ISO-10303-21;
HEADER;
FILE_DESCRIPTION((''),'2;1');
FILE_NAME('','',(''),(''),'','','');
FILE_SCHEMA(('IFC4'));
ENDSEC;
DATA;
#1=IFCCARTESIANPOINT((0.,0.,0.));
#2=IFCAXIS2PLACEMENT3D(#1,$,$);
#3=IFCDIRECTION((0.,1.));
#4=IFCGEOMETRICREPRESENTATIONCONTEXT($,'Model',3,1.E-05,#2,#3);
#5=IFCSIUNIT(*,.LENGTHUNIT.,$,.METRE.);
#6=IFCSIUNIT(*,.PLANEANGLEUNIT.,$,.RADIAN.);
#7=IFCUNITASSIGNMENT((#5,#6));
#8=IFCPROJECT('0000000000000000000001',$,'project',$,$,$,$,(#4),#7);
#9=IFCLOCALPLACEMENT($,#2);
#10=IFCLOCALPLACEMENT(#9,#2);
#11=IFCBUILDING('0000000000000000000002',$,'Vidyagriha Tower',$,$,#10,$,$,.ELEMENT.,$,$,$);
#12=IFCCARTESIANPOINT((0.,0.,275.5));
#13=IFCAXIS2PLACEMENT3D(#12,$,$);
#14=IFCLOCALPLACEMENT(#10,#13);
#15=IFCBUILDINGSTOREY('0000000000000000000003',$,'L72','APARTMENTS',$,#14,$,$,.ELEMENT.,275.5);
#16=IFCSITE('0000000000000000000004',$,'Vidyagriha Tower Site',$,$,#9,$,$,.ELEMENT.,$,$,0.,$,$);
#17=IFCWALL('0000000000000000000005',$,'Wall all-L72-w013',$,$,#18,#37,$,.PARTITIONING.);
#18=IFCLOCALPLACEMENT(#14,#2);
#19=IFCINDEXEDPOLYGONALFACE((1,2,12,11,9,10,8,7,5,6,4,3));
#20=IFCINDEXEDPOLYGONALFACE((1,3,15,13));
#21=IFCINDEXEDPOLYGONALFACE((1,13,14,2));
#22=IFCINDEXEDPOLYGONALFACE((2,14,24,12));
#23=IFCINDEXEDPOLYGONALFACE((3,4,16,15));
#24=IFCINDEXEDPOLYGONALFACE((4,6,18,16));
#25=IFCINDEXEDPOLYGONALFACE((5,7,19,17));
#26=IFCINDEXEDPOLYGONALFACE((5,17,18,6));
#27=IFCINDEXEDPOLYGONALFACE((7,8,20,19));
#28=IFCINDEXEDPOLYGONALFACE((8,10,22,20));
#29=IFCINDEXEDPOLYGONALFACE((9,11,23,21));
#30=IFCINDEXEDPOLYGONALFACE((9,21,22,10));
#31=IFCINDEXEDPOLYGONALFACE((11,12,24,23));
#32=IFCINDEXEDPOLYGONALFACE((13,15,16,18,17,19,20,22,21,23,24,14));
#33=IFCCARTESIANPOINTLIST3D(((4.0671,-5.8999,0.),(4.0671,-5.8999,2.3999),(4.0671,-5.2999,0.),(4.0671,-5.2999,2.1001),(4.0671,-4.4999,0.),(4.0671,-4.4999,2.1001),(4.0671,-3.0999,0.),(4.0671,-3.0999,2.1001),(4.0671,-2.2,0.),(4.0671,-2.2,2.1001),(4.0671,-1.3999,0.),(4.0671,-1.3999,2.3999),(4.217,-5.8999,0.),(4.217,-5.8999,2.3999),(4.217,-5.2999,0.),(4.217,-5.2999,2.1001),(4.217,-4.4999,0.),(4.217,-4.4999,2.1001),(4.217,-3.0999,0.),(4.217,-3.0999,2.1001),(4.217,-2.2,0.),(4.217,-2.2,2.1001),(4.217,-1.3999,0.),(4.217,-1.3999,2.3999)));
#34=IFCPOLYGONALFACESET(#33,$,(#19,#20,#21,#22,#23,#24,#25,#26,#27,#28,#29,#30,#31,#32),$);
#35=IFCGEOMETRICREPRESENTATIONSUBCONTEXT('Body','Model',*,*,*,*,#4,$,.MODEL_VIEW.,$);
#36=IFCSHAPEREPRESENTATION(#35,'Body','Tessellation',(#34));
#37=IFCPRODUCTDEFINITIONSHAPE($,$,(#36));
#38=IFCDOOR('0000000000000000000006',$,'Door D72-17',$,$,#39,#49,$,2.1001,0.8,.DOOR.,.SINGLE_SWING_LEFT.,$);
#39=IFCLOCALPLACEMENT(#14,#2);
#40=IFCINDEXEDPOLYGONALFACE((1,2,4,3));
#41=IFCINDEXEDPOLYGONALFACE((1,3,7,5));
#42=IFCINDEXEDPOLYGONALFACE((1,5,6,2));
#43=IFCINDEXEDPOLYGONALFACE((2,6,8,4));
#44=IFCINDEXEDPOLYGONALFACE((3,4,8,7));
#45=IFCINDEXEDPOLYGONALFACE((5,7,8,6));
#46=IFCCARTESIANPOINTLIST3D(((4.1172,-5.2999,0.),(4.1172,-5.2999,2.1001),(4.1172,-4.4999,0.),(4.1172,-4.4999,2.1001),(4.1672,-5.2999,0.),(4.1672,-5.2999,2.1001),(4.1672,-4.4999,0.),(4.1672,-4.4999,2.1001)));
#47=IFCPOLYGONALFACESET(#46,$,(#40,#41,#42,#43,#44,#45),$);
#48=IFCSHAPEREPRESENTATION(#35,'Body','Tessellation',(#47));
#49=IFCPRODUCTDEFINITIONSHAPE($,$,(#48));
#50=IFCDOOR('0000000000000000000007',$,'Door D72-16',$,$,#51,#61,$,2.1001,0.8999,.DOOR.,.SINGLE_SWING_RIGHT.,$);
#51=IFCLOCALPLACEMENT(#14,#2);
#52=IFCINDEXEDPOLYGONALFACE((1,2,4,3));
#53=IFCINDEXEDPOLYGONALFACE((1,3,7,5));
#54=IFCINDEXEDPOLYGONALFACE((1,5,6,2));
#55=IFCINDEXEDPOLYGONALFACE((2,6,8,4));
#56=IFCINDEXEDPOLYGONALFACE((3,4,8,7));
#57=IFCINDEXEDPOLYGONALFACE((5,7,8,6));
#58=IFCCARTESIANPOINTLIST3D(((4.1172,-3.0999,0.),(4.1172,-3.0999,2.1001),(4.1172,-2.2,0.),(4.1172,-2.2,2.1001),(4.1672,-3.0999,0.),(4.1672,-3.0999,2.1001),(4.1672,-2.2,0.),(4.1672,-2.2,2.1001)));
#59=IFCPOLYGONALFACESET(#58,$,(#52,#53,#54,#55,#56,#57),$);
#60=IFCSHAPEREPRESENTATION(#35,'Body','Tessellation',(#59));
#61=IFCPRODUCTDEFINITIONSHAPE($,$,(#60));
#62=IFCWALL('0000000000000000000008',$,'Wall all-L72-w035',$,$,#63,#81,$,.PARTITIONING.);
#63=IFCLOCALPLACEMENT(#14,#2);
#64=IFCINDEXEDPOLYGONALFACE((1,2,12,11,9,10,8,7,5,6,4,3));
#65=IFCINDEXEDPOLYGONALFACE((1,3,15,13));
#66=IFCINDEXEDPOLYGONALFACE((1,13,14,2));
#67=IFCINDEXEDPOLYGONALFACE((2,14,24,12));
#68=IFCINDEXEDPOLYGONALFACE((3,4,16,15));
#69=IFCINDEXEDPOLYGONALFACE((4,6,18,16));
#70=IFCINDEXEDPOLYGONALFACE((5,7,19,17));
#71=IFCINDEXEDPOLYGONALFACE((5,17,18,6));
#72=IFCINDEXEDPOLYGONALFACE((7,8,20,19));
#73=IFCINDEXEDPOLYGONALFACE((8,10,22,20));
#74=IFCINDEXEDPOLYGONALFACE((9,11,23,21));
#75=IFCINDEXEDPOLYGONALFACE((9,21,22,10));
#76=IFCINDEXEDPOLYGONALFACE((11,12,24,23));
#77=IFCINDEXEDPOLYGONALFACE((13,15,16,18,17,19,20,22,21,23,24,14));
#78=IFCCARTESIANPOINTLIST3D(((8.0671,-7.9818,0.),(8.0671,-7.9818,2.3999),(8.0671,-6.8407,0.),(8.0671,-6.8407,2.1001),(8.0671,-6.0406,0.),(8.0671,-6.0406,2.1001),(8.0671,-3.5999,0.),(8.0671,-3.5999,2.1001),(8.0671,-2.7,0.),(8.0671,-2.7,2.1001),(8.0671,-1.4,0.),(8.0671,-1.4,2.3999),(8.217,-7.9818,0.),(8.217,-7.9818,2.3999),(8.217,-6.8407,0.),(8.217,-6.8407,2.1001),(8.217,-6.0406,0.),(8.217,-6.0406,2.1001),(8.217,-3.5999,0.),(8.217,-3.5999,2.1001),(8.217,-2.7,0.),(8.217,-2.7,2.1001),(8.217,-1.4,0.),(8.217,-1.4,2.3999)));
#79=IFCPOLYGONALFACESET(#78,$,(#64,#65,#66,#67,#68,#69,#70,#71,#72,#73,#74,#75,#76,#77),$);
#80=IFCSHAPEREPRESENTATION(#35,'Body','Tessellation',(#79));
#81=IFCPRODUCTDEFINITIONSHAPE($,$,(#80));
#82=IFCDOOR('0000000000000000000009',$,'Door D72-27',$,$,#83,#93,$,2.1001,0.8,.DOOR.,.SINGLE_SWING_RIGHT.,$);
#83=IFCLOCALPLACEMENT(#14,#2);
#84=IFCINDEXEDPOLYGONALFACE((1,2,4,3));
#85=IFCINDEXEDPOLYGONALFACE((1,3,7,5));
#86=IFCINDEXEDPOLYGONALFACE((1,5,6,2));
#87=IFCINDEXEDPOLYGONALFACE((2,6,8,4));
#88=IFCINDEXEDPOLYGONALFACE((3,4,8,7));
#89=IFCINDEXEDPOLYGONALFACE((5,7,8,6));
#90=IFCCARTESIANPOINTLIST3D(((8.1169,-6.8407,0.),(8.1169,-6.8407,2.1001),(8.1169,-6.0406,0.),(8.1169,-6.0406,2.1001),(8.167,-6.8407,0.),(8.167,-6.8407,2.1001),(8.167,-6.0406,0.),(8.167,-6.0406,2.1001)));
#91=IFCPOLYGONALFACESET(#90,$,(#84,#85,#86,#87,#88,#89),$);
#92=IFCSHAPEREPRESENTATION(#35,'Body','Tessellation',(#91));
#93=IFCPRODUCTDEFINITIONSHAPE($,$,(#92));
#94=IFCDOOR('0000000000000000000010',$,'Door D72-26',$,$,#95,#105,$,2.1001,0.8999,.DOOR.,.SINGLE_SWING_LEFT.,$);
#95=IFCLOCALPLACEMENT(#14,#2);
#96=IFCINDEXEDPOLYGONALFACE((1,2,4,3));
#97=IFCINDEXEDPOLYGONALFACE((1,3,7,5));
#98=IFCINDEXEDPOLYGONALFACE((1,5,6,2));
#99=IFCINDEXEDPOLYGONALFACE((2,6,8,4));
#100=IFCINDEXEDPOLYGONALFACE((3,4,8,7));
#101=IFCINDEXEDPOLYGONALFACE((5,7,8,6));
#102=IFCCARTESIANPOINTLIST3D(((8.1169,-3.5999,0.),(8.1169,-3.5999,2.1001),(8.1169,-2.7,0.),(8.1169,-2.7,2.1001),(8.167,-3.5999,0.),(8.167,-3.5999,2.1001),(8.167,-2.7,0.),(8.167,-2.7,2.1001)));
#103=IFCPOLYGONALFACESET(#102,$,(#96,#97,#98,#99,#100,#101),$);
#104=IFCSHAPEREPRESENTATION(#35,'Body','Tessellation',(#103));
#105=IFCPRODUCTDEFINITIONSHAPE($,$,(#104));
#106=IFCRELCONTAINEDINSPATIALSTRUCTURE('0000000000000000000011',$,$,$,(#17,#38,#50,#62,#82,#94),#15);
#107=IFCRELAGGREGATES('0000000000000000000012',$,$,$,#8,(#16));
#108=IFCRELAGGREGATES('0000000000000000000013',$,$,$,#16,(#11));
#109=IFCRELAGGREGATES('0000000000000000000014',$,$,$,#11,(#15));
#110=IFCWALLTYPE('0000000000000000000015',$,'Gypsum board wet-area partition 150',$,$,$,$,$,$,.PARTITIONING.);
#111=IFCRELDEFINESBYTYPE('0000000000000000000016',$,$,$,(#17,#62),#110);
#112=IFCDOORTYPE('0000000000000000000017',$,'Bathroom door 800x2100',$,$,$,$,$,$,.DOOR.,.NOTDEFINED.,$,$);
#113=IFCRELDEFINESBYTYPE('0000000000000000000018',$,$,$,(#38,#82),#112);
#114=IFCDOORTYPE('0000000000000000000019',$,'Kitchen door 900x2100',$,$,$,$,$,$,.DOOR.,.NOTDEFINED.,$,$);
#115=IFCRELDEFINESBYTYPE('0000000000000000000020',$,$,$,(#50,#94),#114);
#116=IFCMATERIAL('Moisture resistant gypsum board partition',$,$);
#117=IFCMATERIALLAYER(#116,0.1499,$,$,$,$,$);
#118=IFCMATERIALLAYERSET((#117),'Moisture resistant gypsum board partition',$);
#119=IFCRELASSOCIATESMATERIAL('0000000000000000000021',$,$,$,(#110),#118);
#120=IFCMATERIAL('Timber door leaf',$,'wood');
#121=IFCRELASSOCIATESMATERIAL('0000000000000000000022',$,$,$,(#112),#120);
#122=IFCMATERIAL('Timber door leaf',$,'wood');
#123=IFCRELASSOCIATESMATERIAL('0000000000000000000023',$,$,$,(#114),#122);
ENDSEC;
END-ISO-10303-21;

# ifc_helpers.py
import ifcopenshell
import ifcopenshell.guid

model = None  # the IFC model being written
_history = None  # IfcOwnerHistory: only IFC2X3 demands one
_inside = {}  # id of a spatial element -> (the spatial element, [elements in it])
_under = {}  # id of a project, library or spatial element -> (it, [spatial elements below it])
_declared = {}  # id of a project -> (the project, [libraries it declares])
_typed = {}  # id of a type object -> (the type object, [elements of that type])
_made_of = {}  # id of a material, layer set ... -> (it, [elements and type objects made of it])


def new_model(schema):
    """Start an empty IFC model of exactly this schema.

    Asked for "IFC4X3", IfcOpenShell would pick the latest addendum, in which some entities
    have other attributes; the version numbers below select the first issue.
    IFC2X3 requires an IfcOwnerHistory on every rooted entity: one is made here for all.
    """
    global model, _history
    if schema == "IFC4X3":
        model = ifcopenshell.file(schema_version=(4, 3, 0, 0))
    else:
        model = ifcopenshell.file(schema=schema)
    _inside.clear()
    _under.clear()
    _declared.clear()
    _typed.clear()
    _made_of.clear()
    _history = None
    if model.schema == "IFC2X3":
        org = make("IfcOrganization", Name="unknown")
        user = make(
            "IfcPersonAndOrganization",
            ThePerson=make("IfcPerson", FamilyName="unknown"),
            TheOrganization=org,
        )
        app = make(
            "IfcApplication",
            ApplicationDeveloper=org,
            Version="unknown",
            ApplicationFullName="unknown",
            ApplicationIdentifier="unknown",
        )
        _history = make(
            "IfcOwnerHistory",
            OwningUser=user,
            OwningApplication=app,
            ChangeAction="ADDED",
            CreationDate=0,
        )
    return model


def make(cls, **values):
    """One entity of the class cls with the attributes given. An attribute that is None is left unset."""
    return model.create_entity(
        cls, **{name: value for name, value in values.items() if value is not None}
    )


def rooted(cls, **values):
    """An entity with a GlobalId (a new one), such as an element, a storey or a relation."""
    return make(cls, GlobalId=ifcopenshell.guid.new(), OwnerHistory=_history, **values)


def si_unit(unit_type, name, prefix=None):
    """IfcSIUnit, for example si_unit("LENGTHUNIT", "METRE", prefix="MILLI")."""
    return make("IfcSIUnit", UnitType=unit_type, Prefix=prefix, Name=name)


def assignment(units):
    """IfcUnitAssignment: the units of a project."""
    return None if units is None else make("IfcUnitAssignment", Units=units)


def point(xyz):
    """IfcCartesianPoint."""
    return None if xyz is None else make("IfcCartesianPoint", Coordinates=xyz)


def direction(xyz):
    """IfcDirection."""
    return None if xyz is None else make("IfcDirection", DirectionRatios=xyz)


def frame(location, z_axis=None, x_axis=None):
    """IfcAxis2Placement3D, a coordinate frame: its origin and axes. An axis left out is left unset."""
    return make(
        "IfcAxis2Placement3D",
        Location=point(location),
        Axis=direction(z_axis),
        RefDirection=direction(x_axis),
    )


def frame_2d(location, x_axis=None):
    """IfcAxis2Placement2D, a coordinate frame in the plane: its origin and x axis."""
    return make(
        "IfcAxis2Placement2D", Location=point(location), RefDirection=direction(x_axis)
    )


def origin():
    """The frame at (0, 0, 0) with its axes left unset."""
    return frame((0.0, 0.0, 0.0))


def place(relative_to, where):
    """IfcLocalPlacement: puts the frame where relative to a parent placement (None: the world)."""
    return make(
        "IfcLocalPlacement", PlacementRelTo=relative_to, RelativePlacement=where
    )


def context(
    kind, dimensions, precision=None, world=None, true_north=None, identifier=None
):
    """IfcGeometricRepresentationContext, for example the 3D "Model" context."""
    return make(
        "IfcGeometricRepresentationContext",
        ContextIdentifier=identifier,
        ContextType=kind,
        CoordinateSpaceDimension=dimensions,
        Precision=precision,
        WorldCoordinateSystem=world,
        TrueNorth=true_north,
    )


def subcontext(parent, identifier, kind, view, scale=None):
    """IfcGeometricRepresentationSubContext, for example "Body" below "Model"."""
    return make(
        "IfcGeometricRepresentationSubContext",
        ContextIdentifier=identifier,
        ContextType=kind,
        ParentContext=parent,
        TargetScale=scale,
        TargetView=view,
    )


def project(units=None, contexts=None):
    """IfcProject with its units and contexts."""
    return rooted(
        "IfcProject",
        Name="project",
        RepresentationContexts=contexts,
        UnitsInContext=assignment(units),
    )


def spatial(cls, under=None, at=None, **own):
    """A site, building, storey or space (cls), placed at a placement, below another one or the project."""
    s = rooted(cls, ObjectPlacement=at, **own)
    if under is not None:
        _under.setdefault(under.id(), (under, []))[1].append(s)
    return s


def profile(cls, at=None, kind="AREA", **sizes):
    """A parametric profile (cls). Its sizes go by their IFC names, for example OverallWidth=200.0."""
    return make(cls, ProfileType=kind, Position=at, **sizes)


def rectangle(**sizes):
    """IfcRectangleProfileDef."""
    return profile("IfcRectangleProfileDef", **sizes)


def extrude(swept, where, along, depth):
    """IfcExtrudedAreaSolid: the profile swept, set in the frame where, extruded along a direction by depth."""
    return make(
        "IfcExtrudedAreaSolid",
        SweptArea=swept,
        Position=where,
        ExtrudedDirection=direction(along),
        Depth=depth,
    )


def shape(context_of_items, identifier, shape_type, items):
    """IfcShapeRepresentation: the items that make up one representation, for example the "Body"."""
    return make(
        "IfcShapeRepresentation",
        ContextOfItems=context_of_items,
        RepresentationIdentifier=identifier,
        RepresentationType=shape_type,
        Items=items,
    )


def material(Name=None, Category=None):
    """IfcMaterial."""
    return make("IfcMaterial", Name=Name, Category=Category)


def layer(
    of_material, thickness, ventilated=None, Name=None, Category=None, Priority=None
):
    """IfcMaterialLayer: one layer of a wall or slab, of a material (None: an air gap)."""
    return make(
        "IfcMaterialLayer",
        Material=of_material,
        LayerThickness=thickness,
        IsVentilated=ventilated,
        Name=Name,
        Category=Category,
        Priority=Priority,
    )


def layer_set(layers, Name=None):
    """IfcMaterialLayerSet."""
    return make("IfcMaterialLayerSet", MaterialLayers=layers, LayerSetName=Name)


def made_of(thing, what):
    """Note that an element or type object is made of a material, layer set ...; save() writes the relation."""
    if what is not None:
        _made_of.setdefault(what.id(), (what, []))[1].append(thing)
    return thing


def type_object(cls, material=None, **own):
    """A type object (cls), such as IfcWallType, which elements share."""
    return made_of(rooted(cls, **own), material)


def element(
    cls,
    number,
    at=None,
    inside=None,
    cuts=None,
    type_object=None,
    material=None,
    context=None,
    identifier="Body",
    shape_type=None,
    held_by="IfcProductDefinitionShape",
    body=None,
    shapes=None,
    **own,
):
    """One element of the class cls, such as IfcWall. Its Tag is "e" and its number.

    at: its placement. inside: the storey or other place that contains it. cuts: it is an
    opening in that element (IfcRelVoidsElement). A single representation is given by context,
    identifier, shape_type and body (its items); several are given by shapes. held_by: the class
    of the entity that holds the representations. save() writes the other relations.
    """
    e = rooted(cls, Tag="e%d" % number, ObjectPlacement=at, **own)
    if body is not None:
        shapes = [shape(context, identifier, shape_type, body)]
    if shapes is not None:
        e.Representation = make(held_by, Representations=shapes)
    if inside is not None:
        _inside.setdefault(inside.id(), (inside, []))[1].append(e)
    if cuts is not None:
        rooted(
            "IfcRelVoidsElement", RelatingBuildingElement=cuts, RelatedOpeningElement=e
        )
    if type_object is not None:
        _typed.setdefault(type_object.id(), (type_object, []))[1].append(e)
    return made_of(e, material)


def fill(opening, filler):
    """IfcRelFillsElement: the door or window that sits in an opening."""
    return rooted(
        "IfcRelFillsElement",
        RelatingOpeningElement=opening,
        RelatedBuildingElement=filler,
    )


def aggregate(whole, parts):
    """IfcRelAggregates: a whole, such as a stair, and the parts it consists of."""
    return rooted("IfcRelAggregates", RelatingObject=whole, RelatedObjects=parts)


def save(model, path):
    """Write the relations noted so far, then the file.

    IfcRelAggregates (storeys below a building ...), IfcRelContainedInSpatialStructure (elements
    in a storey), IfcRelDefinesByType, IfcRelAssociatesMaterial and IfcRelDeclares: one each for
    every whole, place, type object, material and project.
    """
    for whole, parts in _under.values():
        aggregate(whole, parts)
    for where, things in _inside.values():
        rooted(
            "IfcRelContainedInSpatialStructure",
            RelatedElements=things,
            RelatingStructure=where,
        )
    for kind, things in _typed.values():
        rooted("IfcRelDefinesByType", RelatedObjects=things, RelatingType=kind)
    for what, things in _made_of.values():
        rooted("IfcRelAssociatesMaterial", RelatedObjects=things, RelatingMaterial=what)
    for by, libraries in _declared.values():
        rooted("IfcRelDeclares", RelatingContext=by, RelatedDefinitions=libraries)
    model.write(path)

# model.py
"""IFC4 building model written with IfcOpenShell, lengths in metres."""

from ifc_helpers import new_model, si_unit, direction, frame, frame_2d, origin, place, context, subcontext, project, spatial, rectangle, extrude, material, layer, layer_set, type_object, element, fill, save


model = new_model("IFC4")

# Units and contexts
model_context = context("Model", 3, precision=1e-05, world=origin(), true_north=direction((0.0, 1.0)))
body_context = subcontext(model_context, "Body", "Model", "MODEL_VIEW")
ifc_project = project(units=[si_unit("LENGTHUNIT", "METRE"), si_unit("PLANEANGLEUNIT", "RADIAN")], contexts=[model_context])

# Site, building, storey
site_placement = place(None, origin())
site = spatial("IfcSite", under=ifc_project, at=site_placement, Name="Vidyagriha Tower Site", CompositionType="ELEMENT", RefElevation=0.0)
building_placement = place(site_placement, origin())
building = spatial("IfcBuilding", under=site, at=building_placement, Name="Vidyagriha Tower", CompositionType="ELEMENT")
storey_placement = place(building_placement, frame((0.0, 0.0, 275.5)))
storey = spatial("IfcBuildingStorey", under=building, at=storey_placement, Name="L72", Description="APARTMENTS", CompositionType="ELEMENT", Elevation=275.5)

# Walls, openings, doors
ifc_material_1 = material(Name="Moisture resistant gypsum board partition")
ifc_layer_1 = layer(ifc_material_1, 0.1499)
ifc_layer_set_1 = layer_set([ifc_layer_1], Name="Moisture resistant gypsum board partition")
wall_type_1 = type_object("IfcWallType", Name="Gypsum board wet-area partition 150", PredefinedType="PARTITIONING", material=ifc_layer_set_1)
wall_1_placement = place(storey_placement, frame((4.1421, -5.8999, 0.0), z_axis=(0.0, 0.0, 1.0), x_axis=(0.0, 1.0, 0.0)))
wall_1 = element("IfcWall", 1, at=wall_1_placement, inside=storey, type_object=wall_type_1, Name="Wall all-L72-w013", PredefinedType="PARTITIONING", context=body_context, shape_type="SweptSolid", body=[
    extrude(rectangle(XDim=4.5, YDim=0.1499, at=frame_2d((2.25, 0.0))), origin(), (0.0, 0.0, 1.0), 2.3999),
])
opening_1_placement = place(wall_1_placement, frame((2.8, 0.0, 0.0)))
opening_1 = element("IfcOpeningElement", 2, at=opening_1_placement, cuts=wall_1, PredefinedType="OPENING", context=body_context, shape_type="SweptSolid", body=[
    extrude(rectangle(XDim=0.8999, YDim=2.1001, at=frame_2d((0.45, 1.05))), frame((0.0, 0.085, 0.0), z_axis=(0.0, -1.0, 0.0), x_axis=(1.0, 0.0, 0.0)), (0.0, 0.0, 1.0), 0.1699),
])
opening_2_placement = place(wall_1_placement, frame((0.6001, 0.0, 0.0)))
opening_2 = element("IfcOpeningElement", 3, at=opening_2_placement, cuts=wall_1, PredefinedType="OPENING", context=body_context, shape_type="SweptSolid", body=[
    extrude(rectangle(XDim=0.8, YDim=2.1001, at=frame_2d((0.3999, 1.05))), frame((0.0, 0.085, 0.0), z_axis=(0.0, -1.0, 0.0), x_axis=(1.0, 0.0, 0.0)), (0.0, 0.0, 1.0), 0.1699),
])
ifc_material_2 = material(Name="Timber door leaf", Category="wood")
door_type_1 = type_object("IfcDoorType", Name="Bathroom door 800x2100", OperationType="NOTDEFINED", PredefinedType="DOOR", material=ifc_material_2)
door_1_placement = place(opening_2_placement, origin())
door_1 = element("IfcDoor", 4, at=door_1_placement, inside=storey, type_object=door_type_1, Name="Door D72-17", OperationType="SINGLE_SWING_LEFT", OverallHeight=2.1001, OverallWidth=0.8, PredefinedType="DOOR", context=body_context, shape_type="SweptSolid", body=[
    extrude(rectangle(XDim=0.8, YDim=2.1001, at=frame_2d((0.3999, 1.05))), frame((0.0, 0.0249, 0.0), z_axis=(0.0, -1.0, 0.0), x_axis=(1.0, 0.0, 0.0)), (0.0, 0.0, 1.0), 0.05),
])
fill(opening_2, door_1)
ifc_material_3 = material(Name="Timber door leaf", Category="wood")
door_type_2 = type_object("IfcDoorType", Name="Kitchen door 900x2100", OperationType="NOTDEFINED", PredefinedType="DOOR", material=ifc_material_3)
door_2_placement = place(opening_1_placement, origin())
door_2 = element("IfcDoor", 5, at=door_2_placement, inside=storey, type_object=door_type_2, Name="Door D72-16", OperationType="SINGLE_SWING_RIGHT", OverallHeight=2.1001, OverallWidth=0.8999, PredefinedType="DOOR", context=body_context, shape_type="SweptSolid", body=[
    extrude(rectangle(XDim=0.8999, YDim=2.1001, at=frame_2d((0.45, 1.05))), frame((0.0, 0.0249, 0.0), z_axis=(0.0, -1.0, 0.0), x_axis=(1.0, 0.0, 0.0)), (0.0, 0.0, 1.0), 0.05),
])
fill(opening_1, door_2)
wall_2_placement = place(storey_placement, frame((8.1421, -1.3999, 0.0), z_axis=(0.0, 0.0, 1.0), x_axis=(0.0, -1.0, 0.0)))
wall_2 = element("IfcWall", 6, at=wall_2_placement, inside=storey, type_object=wall_type_1, Name="Wall all-L72-w035", PredefinedType="PARTITIONING", context=body_context, shape_type="SweptSolid", body=[
    extrude(rectangle(XDim=6.5818, YDim=0.1499, at=frame_2d((3.291, 0.0))), origin(), (0.0, 0.0, 1.0), 2.3999),
])
opening_3_placement = place(wall_2_placement, frame((1.3, 0.0, 0.0)))
opening_3 = element("IfcOpeningElement", 7, at=opening_3_placement, cuts=wall_2, PredefinedType="OPENING", context=body_context, shape_type="SweptSolid", body=[
    extrude(rectangle(XDim=0.8999, YDim=2.1001, at=frame_2d((0.45, 1.05))), frame((0.0, 0.085, 0.0), z_axis=(0.0, -1.0, 0.0), x_axis=(1.0, 0.0, 0.0)), (0.0, 0.0, 1.0), 0.1699),
])
opening_4_placement = place(wall_2_placement, frame((4.6409, 0.0, 0.0)))
opening_4 = element("IfcOpeningElement", 8, at=opening_4_placement, cuts=wall_2, PredefinedType="OPENING", context=body_context, shape_type="SweptSolid", body=[
    extrude(rectangle(XDim=0.8, YDim=2.1001, at=frame_2d((0.3999, 1.05))), frame((0.0, 0.085, 0.0), z_axis=(0.0, -1.0, 0.0), x_axis=(1.0, 0.0, 0.0)), (0.0, 0.0, 1.0), 0.1699),
])
door_3_placement = place(opening_4_placement, origin())
door_3 = element("IfcDoor", 9, at=door_3_placement, inside=storey, type_object=door_type_1, Name="Door D72-27", OperationType="SINGLE_SWING_RIGHT", OverallHeight=2.1001, OverallWidth=0.8, PredefinedType="DOOR", context=body_context, shape_type="SweptSolid", body=[
    extrude(rectangle(XDim=0.8, YDim=2.1001, at=frame_2d((0.3999, 1.05))), frame((0.0, 0.0249, 0.0), z_axis=(0.0, -1.0, 0.0), x_axis=(1.0, 0.0, 0.0)), (0.0, 0.0, 1.0), 0.05),
])
fill(opening_4, door_3)
door_4_placement = place(opening_3_placement, origin())
door_4 = element("IfcDoor", 10, at=door_4_placement, inside=storey, type_object=door_type_2, Name="Door D72-26", OperationType="SINGLE_SWING_LEFT", OverallHeight=2.1001, OverallWidth=0.8999, PredefinedType="DOOR", context=body_context, shape_type="SweptSolid", body=[
    extrude(rectangle(XDim=0.8999, YDim=2.1001, at=frame_2d((0.45, 1.05))), frame((0.0, 0.0249, 0.0), z_axis=(0.0, -1.0, 0.0), x_axis=(1.0, 0.0, 0.0)), (0.0, 0.0, 1.0), 0.05),
])
fill(opening_3, door_4)

save(model, "model.ifc")
